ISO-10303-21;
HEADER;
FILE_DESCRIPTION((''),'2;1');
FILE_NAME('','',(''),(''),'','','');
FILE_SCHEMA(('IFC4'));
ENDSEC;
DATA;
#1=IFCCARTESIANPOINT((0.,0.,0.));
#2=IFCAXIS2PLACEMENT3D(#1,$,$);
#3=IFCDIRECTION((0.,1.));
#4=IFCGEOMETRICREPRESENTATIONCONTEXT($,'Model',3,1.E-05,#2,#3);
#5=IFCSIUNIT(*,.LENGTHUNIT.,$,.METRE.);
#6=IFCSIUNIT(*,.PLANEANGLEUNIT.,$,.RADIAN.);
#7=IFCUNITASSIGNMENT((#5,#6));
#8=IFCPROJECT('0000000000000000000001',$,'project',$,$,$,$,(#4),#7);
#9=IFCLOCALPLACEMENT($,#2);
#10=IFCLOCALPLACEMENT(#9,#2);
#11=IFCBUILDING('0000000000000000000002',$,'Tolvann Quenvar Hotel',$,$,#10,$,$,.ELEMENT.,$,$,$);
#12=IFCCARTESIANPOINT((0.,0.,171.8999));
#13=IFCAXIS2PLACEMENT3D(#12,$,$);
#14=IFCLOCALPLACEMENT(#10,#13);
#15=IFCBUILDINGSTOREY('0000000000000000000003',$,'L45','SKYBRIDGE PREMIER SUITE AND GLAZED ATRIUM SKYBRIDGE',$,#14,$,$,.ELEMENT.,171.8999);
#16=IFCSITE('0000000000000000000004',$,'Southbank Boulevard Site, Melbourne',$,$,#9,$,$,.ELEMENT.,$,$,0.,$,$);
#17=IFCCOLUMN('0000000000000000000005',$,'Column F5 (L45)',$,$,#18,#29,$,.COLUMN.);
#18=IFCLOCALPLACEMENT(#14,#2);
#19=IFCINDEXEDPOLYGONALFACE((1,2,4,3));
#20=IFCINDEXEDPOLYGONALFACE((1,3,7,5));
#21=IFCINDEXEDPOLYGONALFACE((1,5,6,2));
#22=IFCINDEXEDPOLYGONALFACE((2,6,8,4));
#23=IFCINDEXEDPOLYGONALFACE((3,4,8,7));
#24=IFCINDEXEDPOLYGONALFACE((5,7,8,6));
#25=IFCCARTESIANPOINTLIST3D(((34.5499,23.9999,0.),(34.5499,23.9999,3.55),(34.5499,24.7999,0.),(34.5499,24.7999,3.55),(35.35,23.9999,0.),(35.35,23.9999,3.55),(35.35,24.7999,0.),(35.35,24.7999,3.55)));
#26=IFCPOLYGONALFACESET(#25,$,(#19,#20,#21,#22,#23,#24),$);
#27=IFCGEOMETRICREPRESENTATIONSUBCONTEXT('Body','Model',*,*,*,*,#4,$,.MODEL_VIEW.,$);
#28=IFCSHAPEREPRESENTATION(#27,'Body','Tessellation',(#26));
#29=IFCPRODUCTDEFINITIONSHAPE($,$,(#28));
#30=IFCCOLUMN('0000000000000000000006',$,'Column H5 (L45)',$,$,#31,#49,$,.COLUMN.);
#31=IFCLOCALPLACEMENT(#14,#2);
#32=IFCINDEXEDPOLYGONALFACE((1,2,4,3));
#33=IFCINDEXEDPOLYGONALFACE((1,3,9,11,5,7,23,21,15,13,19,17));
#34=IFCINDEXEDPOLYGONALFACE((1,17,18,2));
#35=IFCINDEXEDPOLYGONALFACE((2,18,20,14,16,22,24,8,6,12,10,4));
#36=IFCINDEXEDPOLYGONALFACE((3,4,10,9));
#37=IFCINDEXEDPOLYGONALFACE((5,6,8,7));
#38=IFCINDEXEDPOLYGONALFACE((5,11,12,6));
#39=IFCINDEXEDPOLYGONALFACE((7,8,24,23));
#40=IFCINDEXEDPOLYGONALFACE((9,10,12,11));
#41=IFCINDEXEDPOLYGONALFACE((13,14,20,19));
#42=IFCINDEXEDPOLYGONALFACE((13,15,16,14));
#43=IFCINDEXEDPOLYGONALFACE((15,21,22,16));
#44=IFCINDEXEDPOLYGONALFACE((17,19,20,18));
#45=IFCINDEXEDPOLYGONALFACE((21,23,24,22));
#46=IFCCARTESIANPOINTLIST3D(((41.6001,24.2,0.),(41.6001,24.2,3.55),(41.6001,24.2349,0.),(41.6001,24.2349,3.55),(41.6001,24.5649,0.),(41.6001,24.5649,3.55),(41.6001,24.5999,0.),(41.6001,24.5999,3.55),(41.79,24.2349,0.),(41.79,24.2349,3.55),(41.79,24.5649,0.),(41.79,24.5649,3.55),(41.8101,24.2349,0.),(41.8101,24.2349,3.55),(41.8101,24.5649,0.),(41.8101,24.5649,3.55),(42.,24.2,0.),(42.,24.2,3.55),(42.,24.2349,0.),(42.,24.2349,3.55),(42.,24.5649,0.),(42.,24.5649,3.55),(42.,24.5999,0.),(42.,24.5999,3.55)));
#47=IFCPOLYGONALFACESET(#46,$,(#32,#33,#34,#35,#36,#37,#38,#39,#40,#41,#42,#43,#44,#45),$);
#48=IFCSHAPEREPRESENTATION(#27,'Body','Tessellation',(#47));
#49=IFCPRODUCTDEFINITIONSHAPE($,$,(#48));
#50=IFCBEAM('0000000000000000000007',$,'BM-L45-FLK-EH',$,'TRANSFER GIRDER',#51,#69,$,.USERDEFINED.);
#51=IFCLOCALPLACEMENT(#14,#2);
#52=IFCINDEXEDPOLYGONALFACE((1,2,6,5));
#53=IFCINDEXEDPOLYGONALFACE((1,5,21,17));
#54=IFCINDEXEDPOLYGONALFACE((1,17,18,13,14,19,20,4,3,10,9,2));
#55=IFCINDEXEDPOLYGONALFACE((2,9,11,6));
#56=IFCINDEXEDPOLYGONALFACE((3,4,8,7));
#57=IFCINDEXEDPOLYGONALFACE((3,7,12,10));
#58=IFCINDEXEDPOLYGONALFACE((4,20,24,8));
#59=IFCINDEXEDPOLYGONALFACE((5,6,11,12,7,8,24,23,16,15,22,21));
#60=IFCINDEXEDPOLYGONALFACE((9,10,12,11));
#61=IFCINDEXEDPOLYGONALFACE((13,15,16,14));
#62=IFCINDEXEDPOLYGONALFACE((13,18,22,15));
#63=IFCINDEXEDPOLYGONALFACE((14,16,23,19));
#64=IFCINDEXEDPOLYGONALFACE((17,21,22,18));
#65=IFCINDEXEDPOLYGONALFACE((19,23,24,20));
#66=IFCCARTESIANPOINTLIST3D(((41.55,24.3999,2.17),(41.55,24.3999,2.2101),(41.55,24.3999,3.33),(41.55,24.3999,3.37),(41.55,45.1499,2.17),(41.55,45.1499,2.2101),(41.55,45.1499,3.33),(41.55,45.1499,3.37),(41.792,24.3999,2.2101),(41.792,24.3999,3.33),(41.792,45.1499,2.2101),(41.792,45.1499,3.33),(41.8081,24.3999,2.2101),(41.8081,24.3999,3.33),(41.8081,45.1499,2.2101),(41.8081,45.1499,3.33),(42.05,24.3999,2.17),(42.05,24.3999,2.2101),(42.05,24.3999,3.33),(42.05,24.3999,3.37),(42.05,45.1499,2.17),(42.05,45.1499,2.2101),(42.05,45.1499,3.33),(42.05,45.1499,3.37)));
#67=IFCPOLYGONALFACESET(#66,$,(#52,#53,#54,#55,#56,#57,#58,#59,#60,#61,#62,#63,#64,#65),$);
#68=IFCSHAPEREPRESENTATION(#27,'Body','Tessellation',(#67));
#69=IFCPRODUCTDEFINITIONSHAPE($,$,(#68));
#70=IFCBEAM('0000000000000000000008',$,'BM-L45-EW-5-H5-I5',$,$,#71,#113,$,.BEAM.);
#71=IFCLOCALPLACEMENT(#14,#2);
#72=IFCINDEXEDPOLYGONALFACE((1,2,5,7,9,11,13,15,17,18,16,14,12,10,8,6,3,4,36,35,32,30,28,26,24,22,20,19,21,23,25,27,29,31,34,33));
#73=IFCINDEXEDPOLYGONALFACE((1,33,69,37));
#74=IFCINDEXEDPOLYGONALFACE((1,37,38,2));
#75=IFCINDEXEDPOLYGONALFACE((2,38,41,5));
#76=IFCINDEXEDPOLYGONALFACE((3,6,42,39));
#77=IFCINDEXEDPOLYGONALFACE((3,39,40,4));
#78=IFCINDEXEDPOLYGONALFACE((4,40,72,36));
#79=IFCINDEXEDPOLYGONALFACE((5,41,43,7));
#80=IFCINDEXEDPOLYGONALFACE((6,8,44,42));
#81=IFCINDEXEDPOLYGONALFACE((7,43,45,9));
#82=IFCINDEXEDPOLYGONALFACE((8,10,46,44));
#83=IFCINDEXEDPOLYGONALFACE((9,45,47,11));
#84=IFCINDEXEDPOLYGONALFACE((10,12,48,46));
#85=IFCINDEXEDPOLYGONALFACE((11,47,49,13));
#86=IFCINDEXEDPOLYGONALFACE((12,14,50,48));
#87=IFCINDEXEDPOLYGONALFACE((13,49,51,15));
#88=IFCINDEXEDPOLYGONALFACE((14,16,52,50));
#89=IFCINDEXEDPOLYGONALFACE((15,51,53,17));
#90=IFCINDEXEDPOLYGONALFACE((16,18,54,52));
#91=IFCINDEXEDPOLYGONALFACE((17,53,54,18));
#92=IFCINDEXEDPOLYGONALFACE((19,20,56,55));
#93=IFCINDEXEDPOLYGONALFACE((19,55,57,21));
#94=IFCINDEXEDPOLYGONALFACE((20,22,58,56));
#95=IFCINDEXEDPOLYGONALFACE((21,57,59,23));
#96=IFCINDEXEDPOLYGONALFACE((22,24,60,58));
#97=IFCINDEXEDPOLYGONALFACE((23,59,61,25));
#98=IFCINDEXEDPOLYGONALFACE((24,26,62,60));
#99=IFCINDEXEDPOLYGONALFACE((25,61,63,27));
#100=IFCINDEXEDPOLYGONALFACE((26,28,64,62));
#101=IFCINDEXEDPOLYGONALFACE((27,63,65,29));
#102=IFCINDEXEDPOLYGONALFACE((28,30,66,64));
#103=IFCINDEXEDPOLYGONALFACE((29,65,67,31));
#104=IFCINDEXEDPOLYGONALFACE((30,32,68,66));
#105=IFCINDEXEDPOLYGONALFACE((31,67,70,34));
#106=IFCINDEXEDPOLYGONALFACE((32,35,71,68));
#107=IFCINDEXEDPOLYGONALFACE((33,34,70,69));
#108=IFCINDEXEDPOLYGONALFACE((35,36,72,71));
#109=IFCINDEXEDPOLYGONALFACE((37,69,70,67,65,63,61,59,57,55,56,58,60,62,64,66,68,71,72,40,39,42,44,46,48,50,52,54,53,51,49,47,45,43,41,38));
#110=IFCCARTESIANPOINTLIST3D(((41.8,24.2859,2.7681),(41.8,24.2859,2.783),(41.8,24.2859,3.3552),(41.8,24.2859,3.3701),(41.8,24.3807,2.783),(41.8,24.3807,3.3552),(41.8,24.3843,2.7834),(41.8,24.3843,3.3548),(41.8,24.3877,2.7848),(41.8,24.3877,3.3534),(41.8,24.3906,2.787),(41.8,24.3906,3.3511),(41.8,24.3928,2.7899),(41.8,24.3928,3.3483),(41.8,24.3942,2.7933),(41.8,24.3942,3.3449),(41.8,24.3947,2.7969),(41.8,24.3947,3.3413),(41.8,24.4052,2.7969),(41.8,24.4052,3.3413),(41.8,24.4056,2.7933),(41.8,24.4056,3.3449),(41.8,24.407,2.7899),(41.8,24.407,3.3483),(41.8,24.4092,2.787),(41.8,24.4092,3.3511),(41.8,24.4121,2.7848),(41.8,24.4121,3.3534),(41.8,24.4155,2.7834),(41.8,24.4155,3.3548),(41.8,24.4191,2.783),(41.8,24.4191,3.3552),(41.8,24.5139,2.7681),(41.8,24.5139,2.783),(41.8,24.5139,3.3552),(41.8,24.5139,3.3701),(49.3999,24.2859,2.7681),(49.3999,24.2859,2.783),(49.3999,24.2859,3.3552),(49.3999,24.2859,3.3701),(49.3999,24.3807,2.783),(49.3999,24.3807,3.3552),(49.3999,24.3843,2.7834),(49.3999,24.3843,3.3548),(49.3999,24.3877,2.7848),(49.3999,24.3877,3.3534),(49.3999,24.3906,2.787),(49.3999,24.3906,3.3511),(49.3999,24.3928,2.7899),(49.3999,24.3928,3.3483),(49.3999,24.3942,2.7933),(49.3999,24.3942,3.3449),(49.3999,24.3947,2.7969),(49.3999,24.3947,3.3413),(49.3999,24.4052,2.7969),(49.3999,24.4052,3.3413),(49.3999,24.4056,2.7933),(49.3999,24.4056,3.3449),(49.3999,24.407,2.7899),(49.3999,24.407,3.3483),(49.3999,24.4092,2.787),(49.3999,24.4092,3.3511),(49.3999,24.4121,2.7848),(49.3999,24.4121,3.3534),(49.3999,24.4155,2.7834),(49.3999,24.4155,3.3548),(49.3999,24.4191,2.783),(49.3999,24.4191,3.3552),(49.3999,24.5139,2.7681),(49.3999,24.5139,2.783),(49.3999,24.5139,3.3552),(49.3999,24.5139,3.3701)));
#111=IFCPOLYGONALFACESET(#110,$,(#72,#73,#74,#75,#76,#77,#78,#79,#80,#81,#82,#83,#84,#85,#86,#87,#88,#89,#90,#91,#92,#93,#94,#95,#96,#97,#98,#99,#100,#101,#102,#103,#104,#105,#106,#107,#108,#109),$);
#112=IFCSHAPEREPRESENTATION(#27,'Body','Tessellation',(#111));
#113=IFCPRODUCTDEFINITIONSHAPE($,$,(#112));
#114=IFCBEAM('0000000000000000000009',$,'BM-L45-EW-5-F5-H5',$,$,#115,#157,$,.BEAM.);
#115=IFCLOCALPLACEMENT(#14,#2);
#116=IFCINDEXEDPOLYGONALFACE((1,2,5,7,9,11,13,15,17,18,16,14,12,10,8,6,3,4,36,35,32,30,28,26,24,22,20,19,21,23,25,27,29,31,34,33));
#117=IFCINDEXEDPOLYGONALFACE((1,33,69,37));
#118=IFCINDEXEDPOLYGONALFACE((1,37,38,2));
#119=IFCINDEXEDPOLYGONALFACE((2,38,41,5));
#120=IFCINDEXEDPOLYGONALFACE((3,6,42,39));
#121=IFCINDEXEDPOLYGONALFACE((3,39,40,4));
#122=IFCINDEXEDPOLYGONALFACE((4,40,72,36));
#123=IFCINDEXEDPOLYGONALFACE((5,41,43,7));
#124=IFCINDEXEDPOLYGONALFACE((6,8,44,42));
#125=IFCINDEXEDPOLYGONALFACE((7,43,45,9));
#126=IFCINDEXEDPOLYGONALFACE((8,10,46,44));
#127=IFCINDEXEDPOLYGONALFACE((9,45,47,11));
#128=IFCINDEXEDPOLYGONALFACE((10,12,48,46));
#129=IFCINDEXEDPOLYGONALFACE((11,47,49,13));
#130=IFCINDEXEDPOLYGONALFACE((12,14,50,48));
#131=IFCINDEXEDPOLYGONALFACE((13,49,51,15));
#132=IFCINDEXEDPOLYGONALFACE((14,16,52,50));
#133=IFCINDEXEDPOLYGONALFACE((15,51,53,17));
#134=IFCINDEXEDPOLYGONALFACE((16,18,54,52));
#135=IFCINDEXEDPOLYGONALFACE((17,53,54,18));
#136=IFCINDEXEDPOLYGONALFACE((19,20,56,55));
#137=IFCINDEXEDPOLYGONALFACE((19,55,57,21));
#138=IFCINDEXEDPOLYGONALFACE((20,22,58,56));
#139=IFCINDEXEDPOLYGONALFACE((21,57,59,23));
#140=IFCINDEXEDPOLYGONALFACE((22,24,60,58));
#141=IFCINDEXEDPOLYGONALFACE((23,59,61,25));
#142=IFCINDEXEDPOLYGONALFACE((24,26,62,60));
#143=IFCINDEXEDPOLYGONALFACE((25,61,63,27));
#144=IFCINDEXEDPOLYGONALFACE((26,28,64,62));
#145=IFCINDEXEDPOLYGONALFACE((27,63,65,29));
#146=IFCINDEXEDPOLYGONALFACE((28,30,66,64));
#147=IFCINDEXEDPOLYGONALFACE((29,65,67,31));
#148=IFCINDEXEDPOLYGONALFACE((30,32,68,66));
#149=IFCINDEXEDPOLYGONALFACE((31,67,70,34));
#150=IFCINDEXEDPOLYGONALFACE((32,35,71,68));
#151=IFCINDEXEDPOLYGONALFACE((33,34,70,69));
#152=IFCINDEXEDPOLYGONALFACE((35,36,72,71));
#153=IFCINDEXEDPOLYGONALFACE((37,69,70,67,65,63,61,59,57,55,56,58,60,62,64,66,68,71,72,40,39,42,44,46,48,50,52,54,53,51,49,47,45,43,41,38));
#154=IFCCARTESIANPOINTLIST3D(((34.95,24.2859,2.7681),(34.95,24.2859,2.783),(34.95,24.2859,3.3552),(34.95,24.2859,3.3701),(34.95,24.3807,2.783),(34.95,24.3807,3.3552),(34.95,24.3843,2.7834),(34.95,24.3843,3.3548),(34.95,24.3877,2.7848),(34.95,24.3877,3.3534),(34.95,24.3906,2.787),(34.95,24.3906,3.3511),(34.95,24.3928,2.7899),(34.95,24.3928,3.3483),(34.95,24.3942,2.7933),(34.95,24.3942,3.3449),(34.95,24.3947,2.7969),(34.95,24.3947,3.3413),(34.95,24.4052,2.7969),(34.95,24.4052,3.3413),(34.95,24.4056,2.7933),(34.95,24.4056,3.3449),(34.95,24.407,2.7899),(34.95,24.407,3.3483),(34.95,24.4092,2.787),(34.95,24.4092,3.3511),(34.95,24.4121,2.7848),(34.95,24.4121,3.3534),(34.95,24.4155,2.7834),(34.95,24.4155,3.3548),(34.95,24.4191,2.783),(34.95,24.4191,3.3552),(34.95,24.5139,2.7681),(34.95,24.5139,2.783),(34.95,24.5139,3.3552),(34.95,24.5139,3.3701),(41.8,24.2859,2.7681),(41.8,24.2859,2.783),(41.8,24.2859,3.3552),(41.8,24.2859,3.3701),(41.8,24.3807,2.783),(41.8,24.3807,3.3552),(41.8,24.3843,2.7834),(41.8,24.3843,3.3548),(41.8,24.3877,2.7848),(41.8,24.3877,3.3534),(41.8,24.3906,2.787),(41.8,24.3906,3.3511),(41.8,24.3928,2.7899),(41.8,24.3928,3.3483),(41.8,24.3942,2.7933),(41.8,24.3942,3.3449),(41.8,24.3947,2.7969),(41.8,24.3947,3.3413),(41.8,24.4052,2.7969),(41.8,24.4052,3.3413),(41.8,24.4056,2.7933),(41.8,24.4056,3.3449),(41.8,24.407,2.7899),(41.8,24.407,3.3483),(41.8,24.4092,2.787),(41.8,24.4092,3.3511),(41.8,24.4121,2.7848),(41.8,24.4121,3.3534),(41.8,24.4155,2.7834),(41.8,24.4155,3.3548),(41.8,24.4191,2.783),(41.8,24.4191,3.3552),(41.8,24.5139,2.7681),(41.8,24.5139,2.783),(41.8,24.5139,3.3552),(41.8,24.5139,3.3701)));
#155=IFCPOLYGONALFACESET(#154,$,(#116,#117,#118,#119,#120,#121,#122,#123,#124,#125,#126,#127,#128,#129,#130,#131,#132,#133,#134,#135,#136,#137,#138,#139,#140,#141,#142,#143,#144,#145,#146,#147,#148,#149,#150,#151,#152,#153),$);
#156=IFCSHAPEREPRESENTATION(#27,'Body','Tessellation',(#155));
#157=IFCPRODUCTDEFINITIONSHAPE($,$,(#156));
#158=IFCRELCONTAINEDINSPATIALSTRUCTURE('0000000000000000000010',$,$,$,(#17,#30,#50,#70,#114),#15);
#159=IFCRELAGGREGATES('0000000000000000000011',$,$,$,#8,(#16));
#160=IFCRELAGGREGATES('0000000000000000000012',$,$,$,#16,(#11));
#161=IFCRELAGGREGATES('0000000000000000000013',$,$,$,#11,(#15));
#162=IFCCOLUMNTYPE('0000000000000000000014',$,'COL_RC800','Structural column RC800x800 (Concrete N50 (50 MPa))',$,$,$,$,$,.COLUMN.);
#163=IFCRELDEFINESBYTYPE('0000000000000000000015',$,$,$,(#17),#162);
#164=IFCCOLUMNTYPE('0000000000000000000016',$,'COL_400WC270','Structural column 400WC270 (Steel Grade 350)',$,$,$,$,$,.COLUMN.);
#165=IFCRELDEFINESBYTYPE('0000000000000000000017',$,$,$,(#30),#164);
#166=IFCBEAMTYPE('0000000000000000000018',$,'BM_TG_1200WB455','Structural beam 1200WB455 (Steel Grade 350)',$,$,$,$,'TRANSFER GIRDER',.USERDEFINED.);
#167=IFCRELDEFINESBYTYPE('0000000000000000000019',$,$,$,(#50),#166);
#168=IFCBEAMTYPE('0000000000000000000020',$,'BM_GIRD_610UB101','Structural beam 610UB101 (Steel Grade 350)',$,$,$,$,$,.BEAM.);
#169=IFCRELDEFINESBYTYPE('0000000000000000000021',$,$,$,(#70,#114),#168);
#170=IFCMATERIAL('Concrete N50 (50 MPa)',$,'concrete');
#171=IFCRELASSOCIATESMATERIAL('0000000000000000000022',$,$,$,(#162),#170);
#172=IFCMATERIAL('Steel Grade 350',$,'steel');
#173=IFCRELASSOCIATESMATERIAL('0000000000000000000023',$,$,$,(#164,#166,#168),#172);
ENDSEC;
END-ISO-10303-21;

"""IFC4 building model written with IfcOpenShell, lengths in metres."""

from ifc_helpers import new_model, si_unit, direction, frame, origin, origin_2d, place, context, subcontext, project, spatial, rectangle, i_section, extrude, source, transform, mapped, material, material_profile, profile_set, type_object, type_shapes, element, save


model = new_model("IFC4")

# Units and contexts
model_context = context("Model", 3, precision=1e-05, world=origin(), true_north=direction((0.0, 1.0)))
body_context = subcontext(model_context, "Body", "Model", "MODEL_VIEW")
ifc_project = project(units=[si_unit("LENGTHUNIT", "METRE"), si_unit("PLANEANGLEUNIT", "RADIAN")], contexts=[model_context])

# Site, building, storey
site_placement = place(None, origin())
site = spatial("IfcSite", under=ifc_project, at=site_placement, Name="Southbank Boulevard Site, Melbourne", CompositionType="ELEMENT", RefElevation=0.0)
building_placement = place(site_placement, origin())
building = spatial("IfcBuilding", under=site, at=building_placement, Name="Tolvann Quenvar Hotel", CompositionType="ELEMENT")
storey_placement = place(building_placement, frame((0.0, 0.0, 171.8999)))
storey = spatial("IfcBuildingStorey", under=building, at=storey_placement, Name="L45", Description="SKYBRIDGE PREMIER SUITE AND GLAZED ATRIUM SKYBRIDGE", CompositionType="ELEMENT", Elevation=171.8999)

# Columns
ifc_material_1 = material(Name="Concrete N50 (50 MPa)", Category="concrete")
ifc_material_profile_1 = material_profile(ifc_material_1, rectangle(XDim=0.8, YDim=0.8, at=origin_2d()), Name="RC800x800")
ifc_profile_set_1 = profile_set([ifc_material_profile_1], Name="Concrete N50 (50 MPa)")
column_type_1 = type_object("IfcColumnType", Name="COL_RC800", Description="Structural column RC800x800 (Concrete N50 (50 MPa))", PredefinedType="COLUMN", material=ifc_profile_set_1)
shared_shape_1 = source(origin(), body_context, "Body", "SweptSolid", [
    extrude(rectangle(XDim=0.8, YDim=0.8, at=origin_2d()), origin(), (0.0, 0.0, 1.0), 3.55),
])
type_shapes(column_type_1, [shared_shape_1])
column_1_placement = place(storey_placement, frame((34.95, 24.3999, 0.0), z_axis=(0.0, 0.0, 1.0), x_axis=(1.0, 0.0, 0.0)))
element("IfcColumn", 1, at=column_1_placement, inside=storey, type_object=column_type_1, Name="Column F5 (L45)", PredefinedType="COLUMN", context=body_context, shape_type="MappedRepresentation", body=[
    mapped(shared_shape_1, transform((0.0, 0.0, 0.0), x_axis=(1.0, 0.0, 0.0), y_axis=(0.0, 1.0, 0.0), z_axis=(0.0, 0.0, 1.0), scale=1.0)),
])
ifc_material_2 = material(Name="Steel Grade 350", Category="steel")
ifc_material_profile_2 = material_profile(ifc_material_2, i_section(OverallWidth=0.3999, OverallDepth=0.3999, WebThickness=0.02, FlangeThickness=0.0349, at=origin_2d()), Name="400WC270")
ifc_profile_set_2 = profile_set([ifc_material_profile_2], Name="Steel Grade 350")
column_type_2 = type_object("IfcColumnType", Name="COL_400WC270", Description="Structural column 400WC270 (Steel Grade 350)", PredefinedType="COLUMN", material=ifc_profile_set_2)
shared_shape_2 = source(origin(), body_context, "Body", "SweptSolid", [
    extrude(i_section(OverallWidth=0.3999, OverallDepth=0.3999, WebThickness=0.02, FlangeThickness=0.0349, at=origin_2d()), origin(), (0.0, 0.0, 1.0), 3.55),
])
type_shapes(column_type_2, [shared_shape_2])
column_2_placement = place(storey_placement, frame((41.8, 24.3999, 0.0), z_axis=(0.0, 0.0, 1.0), x_axis=(1.0, 0.0, 0.0)))
element("IfcColumn", 2, at=column_2_placement, inside=storey, type_object=column_type_2, Name="Column H5 (L45)", PredefinedType="COLUMN", context=body_context, shape_type="MappedRepresentation", body=[
    mapped(shared_shape_2, transform((0.0, 0.0, 0.0), x_axis=(1.0, 0.0, 0.0), y_axis=(0.0, 1.0, 0.0), z_axis=(0.0, 0.0, 1.0), scale=1.0)),
])

# Beams
ifc_material_profile_3 = material_profile(ifc_material_2, i_section(OverallWidth=0.5, OverallDepth=1.2, WebThickness=0.0161, FlangeThickness=0.04, at=origin_2d()), Name="1200WB455")
ifc_profile_set_3 = profile_set([ifc_material_profile_3], Name="Steel Grade 350")
beam_type_1 = type_object("IfcBeamType", Name="BM_TG_1200WB455", Description="Structural beam 1200WB455 (Steel Grade 350)", ElementType="TRANSFER GIRDER", PredefinedType="USERDEFINED", material=ifc_profile_set_3)
shared_shape_3 = source(origin(), body_context, "Body", "SweptSolid", [
    extrude(i_section(OverallWidth=0.5, OverallDepth=1.2, WebThickness=0.0161, FlangeThickness=0.04, at=origin_2d()), origin(), (0.0, 0.0, 1.0), 20.75),
])
type_shapes(beam_type_1, [shared_shape_3])
beam_1_placement = place(storey_placement, frame((41.8, 24.3999, 2.77), z_axis=(0.0, 1.0, 0.0), x_axis=(-1.0, 0.0, 0.0)))
element("IfcBeam", 3, at=beam_1_placement, inside=storey, type_object=beam_type_1, Name="BM-L45-FLK-EH", ObjectType="TRANSFER GIRDER", PredefinedType="USERDEFINED", context=body_context, shape_type="MappedRepresentation", body=[
    mapped(shared_shape_3, transform((0.0, 0.0, 0.0), x_axis=(1.0, 0.0, 0.0), y_axis=(0.0, 1.0, 0.0), z_axis=(0.0, 0.0, 1.0), scale=1.0)),
])
ifc_material_profile_4 = material_profile(ifc_material_2, i_section(OverallWidth=0.228, OverallDepth=0.6021, WebThickness=0.0105, FlangeThickness=0.0149, FilletRadius=0.0139, at=origin_2d()), Name="610UB101")
ifc_profile_set_4 = profile_set([ifc_material_profile_4], Name="Steel Grade 350")
beam_type_2 = type_object("IfcBeamType", Name="BM_GIRD_610UB101", Description="Structural beam 610UB101 (Steel Grade 350)", PredefinedType="BEAM", material=ifc_profile_set_4)
shared_shape_4 = source(origin(), body_context, "Body", "SweptSolid", [
    extrude(i_section(OverallWidth=0.228, OverallDepth=0.6021, WebThickness=0.0105, FlangeThickness=0.0149, FilletRadius=0.0139, at=origin_2d()), origin(), (0.0, 0.0, 1.0), 7.5999),
])
beam_2_placement = place(storey_placement, frame((41.8, 24.3999, 3.0691), z_axis=(1.0, 0.0, 0.0), x_axis=(0.0, 1.0, 0.0)))
element("IfcBeam", 4, at=beam_2_placement, inside=storey, type_object=beam_type_2, Name="BM-L45-EW-5-H5-I5", PredefinedType="BEAM", context=body_context, shape_type="MappedRepresentation", body=[
    mapped(shared_shape_4, transform((0.0, 0.0, 0.0), x_axis=(1.0, 0.0, 0.0), y_axis=(0.0, 1.0, 0.0), z_axis=(0.0, 0.0, 1.0), scale=1.0)),
])
shared_shape_5 = source(origin(), body_context, "Body", "SweptSolid", [
    extrude(i_section(OverallWidth=0.228, OverallDepth=0.6021, WebThickness=0.0105, FlangeThickness=0.0149, FilletRadius=0.0139, at=origin_2d()), origin(), (0.0, 0.0, 1.0), 6.8501),
])
beam_3_placement = place(storey_placement, frame((34.95, 24.3999, 3.0691), z_axis=(1.0, 0.0, 0.0), x_axis=(0.0, 1.0, 0.0)))
element("IfcBeam", 5, at=beam_3_placement, inside=storey, type_object=beam_type_2, Name="BM-L45-EW-5-F5-H5", PredefinedType="BEAM", context=body_context, shape_type="MappedRepresentation", body=[
    mapped(shared_shape_5, transform((0.0, 0.0, 0.0), x_axis=(1.0, 0.0, 0.0), y_axis=(0.0, 1.0, 0.0), z_axis=(0.0, 0.0, 1.0), scale=1.0)),
])

save(model, "model.ifc")
